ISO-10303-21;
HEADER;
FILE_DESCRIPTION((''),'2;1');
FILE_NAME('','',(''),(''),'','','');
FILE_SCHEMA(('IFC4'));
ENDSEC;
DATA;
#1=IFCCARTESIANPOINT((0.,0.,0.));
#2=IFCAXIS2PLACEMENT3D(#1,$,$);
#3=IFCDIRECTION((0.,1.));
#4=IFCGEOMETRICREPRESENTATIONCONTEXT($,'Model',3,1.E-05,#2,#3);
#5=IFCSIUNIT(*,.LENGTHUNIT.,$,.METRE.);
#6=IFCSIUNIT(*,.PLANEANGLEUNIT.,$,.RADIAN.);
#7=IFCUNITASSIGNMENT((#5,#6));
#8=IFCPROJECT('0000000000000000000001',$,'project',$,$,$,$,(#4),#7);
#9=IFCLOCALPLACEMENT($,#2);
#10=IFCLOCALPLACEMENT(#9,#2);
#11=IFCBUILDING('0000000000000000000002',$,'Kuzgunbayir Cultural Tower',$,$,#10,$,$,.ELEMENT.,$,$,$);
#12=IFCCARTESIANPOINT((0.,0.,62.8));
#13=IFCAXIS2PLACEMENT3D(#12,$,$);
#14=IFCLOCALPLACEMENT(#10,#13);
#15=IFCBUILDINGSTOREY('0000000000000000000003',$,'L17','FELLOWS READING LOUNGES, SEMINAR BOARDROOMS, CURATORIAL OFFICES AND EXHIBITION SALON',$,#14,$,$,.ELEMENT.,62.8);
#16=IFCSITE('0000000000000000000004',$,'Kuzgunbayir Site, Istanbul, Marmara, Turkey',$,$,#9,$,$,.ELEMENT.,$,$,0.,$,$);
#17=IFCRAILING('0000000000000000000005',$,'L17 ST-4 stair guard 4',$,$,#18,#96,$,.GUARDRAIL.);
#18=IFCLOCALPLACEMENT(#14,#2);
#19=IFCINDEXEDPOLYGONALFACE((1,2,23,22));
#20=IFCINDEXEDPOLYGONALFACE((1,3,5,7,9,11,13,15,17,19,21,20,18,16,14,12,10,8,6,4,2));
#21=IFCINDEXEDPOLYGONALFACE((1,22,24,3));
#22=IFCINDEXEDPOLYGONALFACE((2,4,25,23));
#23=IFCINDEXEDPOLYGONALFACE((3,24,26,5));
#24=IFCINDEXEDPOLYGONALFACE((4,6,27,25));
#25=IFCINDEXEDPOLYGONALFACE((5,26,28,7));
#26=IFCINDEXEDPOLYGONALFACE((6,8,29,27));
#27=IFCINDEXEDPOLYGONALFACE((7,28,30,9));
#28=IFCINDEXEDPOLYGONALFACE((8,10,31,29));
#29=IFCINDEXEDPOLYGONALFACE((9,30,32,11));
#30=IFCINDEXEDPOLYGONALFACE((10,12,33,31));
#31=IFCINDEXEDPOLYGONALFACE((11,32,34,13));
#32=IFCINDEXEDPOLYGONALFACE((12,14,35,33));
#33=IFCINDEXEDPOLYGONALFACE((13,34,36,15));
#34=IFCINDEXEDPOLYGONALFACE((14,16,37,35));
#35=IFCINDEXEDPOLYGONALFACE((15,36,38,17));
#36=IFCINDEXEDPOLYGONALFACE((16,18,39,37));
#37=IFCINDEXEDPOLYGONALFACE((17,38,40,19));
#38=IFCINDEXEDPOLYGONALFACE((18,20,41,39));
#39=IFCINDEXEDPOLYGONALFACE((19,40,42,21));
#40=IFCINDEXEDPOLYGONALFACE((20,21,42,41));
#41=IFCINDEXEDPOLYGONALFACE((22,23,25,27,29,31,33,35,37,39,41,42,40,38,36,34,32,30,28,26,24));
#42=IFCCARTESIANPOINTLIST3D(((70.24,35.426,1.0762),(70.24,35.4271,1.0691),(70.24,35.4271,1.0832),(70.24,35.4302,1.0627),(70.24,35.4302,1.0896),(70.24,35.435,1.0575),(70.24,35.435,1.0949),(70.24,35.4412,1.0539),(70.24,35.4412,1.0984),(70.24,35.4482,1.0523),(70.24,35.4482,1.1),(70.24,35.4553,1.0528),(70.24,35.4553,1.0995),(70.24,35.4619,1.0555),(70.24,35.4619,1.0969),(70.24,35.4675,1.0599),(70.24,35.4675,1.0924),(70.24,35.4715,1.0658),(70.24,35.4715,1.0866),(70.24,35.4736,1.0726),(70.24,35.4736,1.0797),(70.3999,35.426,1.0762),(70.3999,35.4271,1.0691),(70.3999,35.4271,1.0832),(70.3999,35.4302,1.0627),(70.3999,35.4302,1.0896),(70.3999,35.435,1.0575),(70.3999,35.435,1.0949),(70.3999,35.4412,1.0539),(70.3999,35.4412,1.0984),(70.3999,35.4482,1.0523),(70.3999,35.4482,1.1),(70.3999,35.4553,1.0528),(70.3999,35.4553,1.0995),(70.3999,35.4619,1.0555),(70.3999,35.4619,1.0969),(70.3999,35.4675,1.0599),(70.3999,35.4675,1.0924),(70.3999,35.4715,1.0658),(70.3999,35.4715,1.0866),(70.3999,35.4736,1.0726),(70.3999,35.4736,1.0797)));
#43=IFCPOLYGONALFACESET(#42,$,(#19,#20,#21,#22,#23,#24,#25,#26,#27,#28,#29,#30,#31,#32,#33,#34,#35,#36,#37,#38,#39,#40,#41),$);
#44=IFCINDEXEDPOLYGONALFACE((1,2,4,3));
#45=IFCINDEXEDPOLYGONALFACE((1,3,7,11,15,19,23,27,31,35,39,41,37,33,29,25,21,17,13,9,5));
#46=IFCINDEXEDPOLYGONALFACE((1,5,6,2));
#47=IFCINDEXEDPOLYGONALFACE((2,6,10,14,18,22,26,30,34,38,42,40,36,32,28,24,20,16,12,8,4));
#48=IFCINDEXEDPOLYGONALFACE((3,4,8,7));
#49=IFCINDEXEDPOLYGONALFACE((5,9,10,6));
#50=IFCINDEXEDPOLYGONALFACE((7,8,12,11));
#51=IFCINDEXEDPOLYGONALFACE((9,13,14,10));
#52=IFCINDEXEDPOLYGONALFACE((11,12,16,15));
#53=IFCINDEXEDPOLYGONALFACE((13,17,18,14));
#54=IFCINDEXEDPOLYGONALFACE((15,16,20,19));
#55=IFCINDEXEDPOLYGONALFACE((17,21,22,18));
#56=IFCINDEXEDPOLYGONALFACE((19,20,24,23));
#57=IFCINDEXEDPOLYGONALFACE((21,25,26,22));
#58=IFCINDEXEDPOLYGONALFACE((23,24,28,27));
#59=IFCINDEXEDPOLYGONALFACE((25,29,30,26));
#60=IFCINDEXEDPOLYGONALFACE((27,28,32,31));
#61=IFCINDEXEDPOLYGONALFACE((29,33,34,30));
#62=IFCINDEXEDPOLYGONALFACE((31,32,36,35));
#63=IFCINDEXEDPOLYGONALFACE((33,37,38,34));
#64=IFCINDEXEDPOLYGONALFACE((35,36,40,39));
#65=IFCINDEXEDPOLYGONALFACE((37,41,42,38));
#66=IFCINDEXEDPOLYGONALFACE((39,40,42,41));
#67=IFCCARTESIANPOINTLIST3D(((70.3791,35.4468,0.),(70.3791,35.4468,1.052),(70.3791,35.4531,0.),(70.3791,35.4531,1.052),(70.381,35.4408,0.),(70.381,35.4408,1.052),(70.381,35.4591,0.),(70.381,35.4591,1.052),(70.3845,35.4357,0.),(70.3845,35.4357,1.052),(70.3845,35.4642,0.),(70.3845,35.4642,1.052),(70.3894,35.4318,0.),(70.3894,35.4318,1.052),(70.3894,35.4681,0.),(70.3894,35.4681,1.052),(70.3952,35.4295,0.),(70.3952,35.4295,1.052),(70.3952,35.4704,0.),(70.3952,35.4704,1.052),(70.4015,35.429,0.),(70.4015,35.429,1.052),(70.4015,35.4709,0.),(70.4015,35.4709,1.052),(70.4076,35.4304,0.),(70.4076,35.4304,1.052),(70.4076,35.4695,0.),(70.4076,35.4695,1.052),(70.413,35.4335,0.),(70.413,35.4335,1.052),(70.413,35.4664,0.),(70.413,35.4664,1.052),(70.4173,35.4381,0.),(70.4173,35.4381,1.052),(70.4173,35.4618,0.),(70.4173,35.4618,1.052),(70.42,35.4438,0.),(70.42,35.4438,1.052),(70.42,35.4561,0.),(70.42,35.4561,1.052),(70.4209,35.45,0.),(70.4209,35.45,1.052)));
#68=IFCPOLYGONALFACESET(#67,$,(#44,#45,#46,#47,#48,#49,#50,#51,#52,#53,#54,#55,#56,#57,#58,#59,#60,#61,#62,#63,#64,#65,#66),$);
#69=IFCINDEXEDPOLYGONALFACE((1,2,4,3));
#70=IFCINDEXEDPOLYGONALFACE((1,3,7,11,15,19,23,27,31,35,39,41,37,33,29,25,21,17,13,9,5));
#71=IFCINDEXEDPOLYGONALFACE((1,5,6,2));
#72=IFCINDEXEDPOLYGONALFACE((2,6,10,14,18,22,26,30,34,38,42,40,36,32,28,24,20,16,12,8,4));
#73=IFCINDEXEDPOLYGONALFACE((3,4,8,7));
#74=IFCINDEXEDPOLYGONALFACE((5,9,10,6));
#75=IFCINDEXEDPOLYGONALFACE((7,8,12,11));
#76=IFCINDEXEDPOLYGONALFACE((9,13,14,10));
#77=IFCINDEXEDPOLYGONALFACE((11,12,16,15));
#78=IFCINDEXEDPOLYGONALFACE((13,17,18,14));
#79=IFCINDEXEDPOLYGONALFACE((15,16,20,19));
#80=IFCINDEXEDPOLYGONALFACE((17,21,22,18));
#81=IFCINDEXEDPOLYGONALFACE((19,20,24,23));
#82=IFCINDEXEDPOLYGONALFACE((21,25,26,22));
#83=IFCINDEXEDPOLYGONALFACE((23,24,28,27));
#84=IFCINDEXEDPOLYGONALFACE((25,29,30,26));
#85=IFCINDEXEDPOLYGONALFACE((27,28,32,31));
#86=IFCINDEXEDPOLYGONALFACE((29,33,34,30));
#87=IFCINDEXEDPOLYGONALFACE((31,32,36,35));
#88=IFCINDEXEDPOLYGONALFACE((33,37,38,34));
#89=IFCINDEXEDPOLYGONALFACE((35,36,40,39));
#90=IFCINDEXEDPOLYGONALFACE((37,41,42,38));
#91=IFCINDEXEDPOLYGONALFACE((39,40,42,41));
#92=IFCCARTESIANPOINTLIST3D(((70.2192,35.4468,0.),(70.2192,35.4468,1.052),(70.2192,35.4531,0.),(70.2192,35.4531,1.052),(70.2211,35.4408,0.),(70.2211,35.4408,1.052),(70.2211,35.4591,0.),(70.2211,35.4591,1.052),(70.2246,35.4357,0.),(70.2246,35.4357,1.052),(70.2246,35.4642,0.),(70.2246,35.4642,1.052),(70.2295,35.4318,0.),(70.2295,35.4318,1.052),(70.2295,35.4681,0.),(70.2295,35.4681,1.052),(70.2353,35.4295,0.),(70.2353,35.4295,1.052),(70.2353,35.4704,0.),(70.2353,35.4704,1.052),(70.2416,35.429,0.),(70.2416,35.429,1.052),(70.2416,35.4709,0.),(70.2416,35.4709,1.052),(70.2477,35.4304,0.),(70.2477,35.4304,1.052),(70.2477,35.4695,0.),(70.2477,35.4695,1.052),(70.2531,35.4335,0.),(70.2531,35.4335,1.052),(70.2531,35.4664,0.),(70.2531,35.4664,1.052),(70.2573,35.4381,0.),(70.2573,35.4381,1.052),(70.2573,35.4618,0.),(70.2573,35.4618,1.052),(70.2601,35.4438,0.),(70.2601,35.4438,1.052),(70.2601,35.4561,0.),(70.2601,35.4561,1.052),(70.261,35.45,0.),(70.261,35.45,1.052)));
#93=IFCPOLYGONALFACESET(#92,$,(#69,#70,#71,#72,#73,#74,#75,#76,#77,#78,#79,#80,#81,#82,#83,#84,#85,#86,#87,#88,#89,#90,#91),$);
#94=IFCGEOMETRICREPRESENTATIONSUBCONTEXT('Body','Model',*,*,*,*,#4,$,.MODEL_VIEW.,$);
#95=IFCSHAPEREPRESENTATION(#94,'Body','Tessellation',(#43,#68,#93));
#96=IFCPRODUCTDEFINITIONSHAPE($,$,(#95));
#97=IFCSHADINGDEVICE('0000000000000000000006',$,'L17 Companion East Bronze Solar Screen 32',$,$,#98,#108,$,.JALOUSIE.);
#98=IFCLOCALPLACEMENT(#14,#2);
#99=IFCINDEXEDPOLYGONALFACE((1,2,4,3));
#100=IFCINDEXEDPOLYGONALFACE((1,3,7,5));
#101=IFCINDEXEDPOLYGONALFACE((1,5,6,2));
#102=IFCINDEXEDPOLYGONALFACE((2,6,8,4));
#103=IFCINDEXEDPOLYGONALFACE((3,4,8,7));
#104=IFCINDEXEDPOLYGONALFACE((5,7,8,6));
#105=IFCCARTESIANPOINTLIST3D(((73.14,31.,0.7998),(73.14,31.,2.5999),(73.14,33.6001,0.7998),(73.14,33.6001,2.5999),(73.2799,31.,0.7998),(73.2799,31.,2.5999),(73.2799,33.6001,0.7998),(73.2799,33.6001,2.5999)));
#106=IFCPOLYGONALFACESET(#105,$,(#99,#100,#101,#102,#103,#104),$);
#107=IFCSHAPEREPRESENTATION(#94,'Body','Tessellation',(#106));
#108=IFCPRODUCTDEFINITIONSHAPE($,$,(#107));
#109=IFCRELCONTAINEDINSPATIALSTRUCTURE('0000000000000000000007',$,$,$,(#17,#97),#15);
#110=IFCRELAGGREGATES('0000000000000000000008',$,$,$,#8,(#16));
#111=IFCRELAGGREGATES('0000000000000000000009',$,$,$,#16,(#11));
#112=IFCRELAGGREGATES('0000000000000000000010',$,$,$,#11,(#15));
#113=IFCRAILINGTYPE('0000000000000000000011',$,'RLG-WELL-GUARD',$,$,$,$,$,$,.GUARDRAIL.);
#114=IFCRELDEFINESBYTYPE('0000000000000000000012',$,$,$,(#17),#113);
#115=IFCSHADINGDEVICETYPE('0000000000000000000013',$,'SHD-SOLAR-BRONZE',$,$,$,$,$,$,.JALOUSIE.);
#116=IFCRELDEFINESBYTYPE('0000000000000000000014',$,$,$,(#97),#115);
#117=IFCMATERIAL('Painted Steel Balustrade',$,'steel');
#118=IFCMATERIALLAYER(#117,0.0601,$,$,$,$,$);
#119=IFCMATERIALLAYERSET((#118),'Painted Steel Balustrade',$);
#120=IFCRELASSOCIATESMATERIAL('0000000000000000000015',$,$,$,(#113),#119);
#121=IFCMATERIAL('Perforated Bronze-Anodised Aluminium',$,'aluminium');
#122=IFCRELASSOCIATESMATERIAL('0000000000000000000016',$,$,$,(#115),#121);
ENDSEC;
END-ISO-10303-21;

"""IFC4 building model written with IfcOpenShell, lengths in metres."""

from ifc_helpers import new_model, si_unit, direction, frame, origin, origin_2d, place, context, subcontext, project, spatial, rectangle, circle, extrude, material, layer, layer_set, type_object, element, save


model = new_model("IFC4")

# Units and contexts
model_context = context("Model", 3, precision=1e-05, world=origin(), true_north=direction((0.0, 1.0)))
body_context = subcontext(model_context, "Body", "Model", "MODEL_VIEW")
ifc_project = project(units=[si_unit("LENGTHUNIT", "METRE"), si_unit("PLANEANGLEUNIT", "RADIAN")], contexts=[model_context])

# Site, building, storey
site_placement = place(None, origin())
site = spatial("IfcSite", under=ifc_project, at=site_placement, Name="Kuzgunbayir Site, Istanbul, Marmara, Turkey", CompositionType="ELEMENT", RefElevation=0.0)
building_placement = place(site_placement, origin())
building = spatial("IfcBuilding", under=site, at=building_placement, Name="Kuzgunbayir Cultural Tower", CompositionType="ELEMENT")
storey_placement = place(building_placement, frame((0.0, 0.0, 62.8)))
storey = spatial("IfcBuildingStorey", under=building, at=storey_placement, Name="L17", Description="FELLOWS READING LOUNGES, SEMINAR BOARDROOMS, CURATORIAL OFFICES AND EXHIBITION SALON", CompositionType="ELEMENT", Elevation=62.8)

# Railing
ifc_material_1 = material(Name="Painted Steel Balustrade", Category="steel")
ifc_layer_1 = layer(ifc_material_1, 0.0601)
ifc_layer_set_1 = layer_set([ifc_layer_1], Name="Painted Steel Balustrade")
railing_type = type_object("IfcRailingType", Name="RLG-WELL-GUARD", PredefinedType="GUARDRAIL", material=ifc_layer_set_1)
railing_1_placement = place(storey_placement, frame((70.3999, 35.45, 0.0)))
element("IfcRailing", 1, at=railing_1_placement, inside=storey, type_object=railing_type, Name="L17 ST-4 stair guard 4", PredefinedType="GUARDRAIL", context=body_context, shape_type="SweptSolid", body=[
    extrude(circle(Radius=0.0239, at=origin_2d()), frame((0.0, 0.0, 1.0762), z_axis=(-1.0, 0.0, 0.0), x_axis=(0.0, -1.0, 0.0)), (0.0, 0.0, 1.0), 0.1599),
    extrude(circle(Radius=0.021, at=origin_2d()), origin(), (0.0, 0.0, 1.0), 1.052),
    extrude(circle(Radius=0.021, at=origin_2d()), frame((-0.1599, 0.0, 0.0)), (0.0, 0.0, 1.0), 1.052),
])

# Shading device
ifc_material_2 = material(Name="Perforated Bronze-Anodised Aluminium", Category="aluminium")
shading_device_type = type_object("IfcShadingDeviceType", Name="SHD-SOLAR-BRONZE", PredefinedType="JALOUSIE", material=ifc_material_2)
shading_device_placement = place(storey_placement, frame((73.21, 32.3, 0.7998), z_axis=(0.0, 0.0, 1.0), x_axis=(1.0, 0.0, 0.0)))
element("IfcShadingDevice", 2, at=shading_device_placement, inside=storey, type_object=shading_device_type, Name="L17 Companion East Bronze Solar Screen 32", PredefinedType="JALOUSIE", context=body_context, shape_type="SweptSolid", body=[
    extrude(rectangle(XDim=0.1399, YDim=2.6001, at=origin_2d()), origin(), (0.0, 0.0, 1.0), 1.8),
])

save(model, "model.ifc")
